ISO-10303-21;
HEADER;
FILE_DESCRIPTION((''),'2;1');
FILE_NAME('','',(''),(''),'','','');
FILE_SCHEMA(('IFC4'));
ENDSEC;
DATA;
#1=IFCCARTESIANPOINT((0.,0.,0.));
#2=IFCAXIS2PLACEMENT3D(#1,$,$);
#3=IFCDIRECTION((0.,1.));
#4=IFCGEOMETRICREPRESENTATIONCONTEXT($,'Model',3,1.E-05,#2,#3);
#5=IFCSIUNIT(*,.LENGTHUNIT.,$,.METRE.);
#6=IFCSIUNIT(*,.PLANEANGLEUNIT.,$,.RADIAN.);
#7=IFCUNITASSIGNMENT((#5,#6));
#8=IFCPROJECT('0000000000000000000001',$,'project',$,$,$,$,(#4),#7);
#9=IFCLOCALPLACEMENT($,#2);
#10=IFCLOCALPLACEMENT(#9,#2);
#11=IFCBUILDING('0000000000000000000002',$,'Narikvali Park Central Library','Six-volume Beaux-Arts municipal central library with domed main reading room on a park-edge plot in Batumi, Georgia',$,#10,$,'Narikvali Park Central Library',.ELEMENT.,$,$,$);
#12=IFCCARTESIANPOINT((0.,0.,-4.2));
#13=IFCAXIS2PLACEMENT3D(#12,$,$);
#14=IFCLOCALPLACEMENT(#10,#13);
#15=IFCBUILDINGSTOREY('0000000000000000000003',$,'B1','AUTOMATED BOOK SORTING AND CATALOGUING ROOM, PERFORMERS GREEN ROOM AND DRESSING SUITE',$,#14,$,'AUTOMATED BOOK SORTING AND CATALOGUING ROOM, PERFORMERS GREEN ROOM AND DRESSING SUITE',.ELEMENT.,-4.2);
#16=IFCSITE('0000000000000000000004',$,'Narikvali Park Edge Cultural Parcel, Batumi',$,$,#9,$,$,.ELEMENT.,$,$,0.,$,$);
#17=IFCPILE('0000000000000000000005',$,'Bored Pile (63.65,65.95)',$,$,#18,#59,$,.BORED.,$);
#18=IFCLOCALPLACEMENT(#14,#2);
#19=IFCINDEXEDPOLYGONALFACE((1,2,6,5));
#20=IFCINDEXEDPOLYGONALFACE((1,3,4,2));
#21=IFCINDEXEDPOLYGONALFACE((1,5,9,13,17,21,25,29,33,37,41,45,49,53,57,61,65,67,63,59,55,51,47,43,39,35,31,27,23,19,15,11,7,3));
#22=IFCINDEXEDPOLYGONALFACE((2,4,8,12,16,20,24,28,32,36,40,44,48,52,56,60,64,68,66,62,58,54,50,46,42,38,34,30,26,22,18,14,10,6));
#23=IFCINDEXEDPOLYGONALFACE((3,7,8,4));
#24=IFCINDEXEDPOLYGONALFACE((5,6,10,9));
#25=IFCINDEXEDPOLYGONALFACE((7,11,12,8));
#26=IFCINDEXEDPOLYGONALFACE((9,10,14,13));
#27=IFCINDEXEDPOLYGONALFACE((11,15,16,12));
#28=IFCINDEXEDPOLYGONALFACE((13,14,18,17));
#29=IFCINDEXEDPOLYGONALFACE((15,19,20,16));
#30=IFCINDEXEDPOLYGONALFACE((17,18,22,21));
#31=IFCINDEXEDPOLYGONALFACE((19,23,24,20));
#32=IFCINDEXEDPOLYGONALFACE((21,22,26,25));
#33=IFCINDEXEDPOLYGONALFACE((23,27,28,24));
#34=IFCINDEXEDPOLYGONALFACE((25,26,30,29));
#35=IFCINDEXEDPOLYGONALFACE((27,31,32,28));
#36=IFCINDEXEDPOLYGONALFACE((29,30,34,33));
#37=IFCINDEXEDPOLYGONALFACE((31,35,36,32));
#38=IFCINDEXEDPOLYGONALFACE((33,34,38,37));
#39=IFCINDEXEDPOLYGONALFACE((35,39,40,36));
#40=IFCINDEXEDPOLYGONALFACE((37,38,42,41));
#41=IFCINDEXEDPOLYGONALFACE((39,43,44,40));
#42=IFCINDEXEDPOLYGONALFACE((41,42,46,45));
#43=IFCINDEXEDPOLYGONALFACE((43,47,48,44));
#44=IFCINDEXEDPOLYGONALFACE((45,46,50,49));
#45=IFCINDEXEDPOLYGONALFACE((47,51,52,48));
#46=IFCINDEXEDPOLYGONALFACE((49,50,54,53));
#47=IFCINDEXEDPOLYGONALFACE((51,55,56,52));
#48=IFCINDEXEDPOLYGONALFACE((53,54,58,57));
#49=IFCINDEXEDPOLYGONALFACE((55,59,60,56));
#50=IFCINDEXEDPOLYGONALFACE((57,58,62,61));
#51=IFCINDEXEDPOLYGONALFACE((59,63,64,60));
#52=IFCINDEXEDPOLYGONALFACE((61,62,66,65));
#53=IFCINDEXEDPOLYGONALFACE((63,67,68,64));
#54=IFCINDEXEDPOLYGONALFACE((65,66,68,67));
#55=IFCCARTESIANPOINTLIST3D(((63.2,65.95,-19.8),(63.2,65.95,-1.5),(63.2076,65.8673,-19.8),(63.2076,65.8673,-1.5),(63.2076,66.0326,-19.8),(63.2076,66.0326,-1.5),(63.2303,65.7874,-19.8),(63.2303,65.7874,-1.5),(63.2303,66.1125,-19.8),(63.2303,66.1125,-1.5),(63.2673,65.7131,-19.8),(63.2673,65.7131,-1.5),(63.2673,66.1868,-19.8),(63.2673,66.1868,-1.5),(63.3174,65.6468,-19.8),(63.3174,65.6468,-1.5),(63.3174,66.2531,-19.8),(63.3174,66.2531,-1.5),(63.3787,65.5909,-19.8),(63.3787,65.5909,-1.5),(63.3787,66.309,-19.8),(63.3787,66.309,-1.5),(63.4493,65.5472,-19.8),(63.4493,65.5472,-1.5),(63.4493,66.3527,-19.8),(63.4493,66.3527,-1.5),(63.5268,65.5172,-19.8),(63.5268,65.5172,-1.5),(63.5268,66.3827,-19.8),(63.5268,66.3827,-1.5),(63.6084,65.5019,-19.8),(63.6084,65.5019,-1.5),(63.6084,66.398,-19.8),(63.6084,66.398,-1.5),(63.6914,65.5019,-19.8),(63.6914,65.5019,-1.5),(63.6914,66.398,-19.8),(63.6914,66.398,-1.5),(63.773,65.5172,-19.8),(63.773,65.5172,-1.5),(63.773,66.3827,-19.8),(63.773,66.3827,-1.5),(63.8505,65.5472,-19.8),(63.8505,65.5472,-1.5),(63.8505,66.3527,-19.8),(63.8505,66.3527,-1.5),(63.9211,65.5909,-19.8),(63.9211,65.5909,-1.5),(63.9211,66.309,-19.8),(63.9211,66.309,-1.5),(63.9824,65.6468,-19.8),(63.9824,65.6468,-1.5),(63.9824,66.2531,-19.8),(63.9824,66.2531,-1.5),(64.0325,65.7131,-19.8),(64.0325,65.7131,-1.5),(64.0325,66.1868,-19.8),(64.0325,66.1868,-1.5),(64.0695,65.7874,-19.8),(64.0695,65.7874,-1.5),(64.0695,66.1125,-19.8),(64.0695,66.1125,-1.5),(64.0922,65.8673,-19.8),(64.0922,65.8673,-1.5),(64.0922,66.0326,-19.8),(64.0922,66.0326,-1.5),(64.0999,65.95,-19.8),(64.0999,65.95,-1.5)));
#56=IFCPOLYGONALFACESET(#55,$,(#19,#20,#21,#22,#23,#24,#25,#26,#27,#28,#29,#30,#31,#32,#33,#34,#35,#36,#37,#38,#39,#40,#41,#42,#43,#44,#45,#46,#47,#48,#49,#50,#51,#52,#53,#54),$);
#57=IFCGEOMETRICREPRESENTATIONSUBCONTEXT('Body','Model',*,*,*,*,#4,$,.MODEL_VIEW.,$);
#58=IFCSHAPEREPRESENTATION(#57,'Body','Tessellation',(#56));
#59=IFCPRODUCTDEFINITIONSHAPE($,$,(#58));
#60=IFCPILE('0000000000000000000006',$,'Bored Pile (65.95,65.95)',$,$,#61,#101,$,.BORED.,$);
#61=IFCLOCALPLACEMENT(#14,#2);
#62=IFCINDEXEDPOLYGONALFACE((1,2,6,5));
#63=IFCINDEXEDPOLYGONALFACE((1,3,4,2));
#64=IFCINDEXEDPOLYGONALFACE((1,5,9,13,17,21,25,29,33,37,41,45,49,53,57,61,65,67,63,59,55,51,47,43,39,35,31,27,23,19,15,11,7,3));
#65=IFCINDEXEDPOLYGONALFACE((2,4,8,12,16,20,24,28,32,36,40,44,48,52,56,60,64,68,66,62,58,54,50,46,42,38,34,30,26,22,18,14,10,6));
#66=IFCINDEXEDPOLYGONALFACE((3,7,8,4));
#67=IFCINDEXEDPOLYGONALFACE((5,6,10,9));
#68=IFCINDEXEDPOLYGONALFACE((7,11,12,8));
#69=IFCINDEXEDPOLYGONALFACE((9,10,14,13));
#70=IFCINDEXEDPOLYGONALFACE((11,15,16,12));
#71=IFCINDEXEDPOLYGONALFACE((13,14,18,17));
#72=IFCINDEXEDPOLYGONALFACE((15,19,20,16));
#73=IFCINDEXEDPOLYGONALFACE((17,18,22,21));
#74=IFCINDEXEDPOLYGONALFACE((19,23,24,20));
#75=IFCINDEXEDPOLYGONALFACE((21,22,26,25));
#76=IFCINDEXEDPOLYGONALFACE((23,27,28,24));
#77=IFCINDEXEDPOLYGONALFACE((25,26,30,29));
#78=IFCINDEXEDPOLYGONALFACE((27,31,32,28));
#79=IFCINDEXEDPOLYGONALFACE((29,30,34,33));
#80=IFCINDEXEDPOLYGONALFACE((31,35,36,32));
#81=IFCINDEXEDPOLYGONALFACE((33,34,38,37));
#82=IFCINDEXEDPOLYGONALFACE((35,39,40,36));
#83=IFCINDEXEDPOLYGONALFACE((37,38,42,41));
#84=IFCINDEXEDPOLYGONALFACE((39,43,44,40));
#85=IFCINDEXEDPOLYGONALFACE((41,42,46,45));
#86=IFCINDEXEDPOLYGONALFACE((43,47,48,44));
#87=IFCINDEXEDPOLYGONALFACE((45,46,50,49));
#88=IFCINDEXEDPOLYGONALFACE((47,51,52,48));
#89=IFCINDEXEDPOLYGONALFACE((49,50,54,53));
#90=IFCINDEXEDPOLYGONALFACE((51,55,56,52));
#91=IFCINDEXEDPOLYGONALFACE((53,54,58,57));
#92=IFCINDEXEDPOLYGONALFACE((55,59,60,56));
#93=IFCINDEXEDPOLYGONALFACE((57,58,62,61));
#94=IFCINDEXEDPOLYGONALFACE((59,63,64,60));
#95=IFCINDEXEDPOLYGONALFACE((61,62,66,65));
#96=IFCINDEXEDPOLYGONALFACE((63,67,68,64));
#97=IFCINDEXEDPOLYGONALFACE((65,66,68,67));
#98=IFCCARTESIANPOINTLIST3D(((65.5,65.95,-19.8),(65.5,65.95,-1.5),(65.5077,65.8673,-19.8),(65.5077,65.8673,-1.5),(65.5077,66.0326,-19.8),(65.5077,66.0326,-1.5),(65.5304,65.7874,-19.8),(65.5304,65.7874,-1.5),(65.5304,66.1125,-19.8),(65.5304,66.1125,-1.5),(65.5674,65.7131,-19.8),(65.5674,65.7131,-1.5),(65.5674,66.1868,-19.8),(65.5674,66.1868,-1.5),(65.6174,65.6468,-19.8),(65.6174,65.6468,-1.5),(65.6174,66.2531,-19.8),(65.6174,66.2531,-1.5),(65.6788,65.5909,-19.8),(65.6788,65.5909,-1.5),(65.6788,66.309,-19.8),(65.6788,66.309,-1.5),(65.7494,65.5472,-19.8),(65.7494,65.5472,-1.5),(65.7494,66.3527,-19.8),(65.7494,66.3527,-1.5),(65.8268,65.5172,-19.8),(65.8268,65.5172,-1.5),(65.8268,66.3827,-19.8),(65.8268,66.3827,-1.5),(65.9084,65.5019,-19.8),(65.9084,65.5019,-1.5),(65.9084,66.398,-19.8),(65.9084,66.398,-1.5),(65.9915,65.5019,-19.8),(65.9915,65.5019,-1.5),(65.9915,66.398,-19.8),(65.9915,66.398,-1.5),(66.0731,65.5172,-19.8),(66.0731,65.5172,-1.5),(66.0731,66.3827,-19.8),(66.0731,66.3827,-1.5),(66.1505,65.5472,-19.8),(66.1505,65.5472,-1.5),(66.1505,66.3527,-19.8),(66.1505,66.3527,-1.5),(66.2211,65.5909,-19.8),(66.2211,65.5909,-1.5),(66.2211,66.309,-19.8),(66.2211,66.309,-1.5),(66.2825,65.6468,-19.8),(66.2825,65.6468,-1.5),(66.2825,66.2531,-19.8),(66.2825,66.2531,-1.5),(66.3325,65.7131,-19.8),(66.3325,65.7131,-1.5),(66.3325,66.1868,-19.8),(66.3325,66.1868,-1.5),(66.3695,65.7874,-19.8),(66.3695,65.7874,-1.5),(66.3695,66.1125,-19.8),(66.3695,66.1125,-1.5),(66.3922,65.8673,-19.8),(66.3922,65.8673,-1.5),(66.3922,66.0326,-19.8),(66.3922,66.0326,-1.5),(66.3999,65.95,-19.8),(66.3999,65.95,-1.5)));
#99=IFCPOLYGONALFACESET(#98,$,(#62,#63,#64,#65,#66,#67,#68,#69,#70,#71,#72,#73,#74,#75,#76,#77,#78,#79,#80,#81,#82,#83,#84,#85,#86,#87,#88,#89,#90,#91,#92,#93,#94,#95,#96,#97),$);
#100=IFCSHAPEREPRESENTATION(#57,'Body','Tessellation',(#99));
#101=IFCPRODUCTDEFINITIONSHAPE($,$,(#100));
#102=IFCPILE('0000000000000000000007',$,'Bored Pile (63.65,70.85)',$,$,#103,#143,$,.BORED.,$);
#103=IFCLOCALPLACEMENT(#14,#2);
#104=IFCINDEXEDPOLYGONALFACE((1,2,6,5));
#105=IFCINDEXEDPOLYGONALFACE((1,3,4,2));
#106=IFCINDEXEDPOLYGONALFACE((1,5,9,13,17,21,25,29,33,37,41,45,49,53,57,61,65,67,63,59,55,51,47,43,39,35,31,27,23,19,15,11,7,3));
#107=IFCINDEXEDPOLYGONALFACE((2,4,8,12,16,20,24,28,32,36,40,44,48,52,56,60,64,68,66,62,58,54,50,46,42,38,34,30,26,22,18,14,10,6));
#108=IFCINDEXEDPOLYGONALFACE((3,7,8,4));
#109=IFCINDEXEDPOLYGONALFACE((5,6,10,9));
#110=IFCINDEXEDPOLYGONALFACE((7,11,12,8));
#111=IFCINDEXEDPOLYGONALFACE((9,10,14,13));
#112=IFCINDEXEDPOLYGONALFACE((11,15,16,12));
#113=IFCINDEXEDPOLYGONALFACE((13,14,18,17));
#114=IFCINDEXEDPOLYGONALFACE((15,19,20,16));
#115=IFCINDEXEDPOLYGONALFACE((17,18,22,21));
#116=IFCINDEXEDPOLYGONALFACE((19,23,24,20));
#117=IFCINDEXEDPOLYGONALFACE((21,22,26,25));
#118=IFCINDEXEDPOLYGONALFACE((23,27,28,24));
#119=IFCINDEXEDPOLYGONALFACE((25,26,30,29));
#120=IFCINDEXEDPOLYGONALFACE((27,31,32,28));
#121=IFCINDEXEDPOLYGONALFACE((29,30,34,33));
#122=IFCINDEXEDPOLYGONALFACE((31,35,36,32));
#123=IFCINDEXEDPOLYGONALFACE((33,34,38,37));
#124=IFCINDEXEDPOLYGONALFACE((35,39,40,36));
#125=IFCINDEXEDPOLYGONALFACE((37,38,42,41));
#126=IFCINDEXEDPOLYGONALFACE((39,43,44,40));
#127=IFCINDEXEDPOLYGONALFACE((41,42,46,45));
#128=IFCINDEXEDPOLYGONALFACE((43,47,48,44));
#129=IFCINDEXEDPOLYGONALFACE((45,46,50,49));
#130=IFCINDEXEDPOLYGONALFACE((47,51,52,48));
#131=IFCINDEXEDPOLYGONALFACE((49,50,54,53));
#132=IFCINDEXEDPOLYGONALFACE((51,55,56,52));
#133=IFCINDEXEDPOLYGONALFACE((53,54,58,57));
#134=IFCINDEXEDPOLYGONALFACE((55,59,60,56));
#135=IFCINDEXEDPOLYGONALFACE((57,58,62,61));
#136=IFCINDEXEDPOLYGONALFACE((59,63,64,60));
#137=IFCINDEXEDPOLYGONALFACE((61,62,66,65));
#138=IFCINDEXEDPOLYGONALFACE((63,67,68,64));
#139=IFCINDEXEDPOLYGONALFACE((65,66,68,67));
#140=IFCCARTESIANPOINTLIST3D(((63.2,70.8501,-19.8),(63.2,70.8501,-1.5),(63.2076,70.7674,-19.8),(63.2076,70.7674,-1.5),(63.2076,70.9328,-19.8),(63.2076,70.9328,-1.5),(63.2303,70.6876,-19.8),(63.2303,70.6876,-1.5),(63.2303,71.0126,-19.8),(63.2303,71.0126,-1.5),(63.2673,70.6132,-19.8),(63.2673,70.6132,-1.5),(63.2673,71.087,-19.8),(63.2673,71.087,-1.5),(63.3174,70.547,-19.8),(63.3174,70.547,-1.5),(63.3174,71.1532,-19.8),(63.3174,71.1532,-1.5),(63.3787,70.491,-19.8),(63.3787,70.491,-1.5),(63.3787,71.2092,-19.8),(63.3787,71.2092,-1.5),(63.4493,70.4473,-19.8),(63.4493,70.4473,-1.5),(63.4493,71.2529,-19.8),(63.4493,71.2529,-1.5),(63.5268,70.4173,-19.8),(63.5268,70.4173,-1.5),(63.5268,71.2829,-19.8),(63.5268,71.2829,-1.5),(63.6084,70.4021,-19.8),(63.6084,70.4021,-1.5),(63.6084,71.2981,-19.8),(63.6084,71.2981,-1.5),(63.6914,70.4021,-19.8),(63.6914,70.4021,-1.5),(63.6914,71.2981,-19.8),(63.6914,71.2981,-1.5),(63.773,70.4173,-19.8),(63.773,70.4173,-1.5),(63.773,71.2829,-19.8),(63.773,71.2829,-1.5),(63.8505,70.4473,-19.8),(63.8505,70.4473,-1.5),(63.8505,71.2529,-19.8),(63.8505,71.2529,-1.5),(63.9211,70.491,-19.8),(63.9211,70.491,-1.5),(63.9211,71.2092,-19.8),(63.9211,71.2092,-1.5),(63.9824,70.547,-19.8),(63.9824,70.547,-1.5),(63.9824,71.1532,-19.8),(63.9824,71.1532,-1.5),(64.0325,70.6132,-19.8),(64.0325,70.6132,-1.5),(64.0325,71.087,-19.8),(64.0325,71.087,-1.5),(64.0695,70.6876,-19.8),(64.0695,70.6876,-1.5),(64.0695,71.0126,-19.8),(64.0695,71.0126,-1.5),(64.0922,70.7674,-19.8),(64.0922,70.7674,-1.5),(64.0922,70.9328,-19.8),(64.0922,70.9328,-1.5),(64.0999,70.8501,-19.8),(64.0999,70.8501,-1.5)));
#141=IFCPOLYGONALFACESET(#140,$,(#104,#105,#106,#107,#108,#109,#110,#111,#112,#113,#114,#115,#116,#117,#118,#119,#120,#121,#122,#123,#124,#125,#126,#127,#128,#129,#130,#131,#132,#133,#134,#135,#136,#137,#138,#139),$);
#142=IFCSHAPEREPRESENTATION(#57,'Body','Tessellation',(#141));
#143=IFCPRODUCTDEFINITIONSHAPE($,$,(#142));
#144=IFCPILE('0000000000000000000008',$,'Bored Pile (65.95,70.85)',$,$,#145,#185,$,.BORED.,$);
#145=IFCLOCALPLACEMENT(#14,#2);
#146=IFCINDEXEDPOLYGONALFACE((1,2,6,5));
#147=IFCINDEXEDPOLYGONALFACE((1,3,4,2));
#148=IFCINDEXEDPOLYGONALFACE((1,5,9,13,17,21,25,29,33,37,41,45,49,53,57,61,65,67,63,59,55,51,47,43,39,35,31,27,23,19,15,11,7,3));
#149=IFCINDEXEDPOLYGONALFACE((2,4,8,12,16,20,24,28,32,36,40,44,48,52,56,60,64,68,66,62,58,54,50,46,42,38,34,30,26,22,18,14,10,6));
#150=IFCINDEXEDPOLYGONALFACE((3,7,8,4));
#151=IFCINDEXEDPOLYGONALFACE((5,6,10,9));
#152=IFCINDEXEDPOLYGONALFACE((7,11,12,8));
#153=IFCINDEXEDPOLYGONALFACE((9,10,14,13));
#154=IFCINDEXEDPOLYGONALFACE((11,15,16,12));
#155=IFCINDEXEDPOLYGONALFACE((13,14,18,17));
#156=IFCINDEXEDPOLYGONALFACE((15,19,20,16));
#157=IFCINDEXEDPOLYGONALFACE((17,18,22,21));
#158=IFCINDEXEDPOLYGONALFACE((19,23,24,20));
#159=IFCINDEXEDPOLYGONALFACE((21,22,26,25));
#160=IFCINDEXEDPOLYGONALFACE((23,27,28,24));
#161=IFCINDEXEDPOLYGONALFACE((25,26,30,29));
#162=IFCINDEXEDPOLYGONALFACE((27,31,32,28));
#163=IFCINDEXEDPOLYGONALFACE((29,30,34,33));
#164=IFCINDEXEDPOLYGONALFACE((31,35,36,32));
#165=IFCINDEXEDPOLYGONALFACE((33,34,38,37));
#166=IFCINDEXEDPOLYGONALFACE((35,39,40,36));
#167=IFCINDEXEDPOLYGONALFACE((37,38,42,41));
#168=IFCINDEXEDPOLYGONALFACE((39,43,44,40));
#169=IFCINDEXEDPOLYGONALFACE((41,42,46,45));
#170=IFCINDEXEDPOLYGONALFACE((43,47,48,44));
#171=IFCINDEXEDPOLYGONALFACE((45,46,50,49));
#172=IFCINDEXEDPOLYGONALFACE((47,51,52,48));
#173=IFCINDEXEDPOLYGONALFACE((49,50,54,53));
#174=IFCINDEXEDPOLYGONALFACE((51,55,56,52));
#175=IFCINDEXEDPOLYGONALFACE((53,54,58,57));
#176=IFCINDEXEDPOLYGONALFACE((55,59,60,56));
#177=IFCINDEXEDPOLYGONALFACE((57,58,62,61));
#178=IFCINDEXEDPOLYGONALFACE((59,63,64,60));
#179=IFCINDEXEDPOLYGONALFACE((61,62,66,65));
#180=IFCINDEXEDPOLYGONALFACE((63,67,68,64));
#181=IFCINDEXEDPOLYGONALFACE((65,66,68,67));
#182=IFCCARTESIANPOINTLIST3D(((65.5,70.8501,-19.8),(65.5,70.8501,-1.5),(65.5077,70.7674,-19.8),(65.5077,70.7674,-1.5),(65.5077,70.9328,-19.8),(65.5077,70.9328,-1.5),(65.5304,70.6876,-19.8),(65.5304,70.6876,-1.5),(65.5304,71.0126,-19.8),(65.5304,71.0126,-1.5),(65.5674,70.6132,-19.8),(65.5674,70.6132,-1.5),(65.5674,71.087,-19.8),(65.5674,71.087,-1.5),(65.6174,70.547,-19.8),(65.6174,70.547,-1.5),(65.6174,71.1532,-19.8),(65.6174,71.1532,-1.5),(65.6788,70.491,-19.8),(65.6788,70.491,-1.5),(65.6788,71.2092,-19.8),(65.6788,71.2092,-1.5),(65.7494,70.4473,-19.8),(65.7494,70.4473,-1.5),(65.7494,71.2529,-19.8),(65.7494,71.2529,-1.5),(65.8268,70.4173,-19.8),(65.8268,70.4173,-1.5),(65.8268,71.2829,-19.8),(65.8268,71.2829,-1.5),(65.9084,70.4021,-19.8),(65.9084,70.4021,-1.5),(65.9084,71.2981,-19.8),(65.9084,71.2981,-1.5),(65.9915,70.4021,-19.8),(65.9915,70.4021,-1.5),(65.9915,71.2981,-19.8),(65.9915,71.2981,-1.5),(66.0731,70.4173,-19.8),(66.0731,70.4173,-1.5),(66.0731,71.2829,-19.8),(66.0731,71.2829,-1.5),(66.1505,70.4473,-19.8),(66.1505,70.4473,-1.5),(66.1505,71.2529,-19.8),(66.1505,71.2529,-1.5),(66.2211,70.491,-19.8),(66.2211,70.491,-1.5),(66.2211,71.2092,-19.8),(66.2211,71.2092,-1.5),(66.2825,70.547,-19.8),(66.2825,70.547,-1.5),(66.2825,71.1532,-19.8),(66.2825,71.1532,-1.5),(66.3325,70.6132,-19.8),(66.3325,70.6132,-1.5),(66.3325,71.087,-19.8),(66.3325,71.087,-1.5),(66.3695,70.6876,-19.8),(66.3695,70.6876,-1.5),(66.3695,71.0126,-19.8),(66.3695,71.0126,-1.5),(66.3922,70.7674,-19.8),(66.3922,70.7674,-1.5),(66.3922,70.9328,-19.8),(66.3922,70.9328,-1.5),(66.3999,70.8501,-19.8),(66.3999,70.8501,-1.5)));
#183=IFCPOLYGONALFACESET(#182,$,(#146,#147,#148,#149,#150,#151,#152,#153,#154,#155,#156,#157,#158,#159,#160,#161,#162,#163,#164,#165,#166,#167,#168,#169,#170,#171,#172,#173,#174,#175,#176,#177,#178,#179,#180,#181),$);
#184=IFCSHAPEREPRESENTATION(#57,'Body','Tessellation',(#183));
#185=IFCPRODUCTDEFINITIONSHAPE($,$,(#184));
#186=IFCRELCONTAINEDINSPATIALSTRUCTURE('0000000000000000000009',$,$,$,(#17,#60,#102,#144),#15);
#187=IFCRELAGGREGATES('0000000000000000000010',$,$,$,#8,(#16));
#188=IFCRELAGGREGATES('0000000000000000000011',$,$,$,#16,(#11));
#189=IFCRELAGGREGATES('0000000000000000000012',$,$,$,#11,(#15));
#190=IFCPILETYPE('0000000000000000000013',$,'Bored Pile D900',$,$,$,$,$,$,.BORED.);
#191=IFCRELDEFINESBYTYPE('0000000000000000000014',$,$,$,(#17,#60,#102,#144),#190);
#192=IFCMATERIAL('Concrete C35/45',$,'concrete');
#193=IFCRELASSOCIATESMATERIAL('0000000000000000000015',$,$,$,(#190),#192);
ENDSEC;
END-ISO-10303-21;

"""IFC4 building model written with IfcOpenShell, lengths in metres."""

from ifc_helpers import new_model, si_unit, direction, frame, origin, origin_2d, place, context, subcontext, project, spatial, circle, extrude, material, material_profile, profile_set, type_object, element, save


model = new_model("IFC4")

# Units and contexts
model_context = context("Model", 3, precision=1e-05, world=origin(), true_north=direction((0.0, 1.0)))
body_context = subcontext(model_context, "Body", "Model", "MODEL_VIEW")
ifc_project = project(units=[si_unit("LENGTHUNIT", "METRE"), si_unit("PLANEANGLEUNIT", "RADIAN")], contexts=[model_context])

# Site, building, storey
site_placement = place(None, origin())
site = spatial("IfcSite", under=ifc_project, at=site_placement, Name="Narikvali Park Edge Cultural Parcel, Batumi", CompositionType="ELEMENT", RefElevation=0.0)
building_placement = place(site_placement, origin())
building = spatial("IfcBuilding", under=site, at=building_placement, Name="Narikvali Park Central Library", Description="Six-volume Beaux-Arts municipal central library with domed main reading room on a park-edge plot in Batumi, Georgia", LongName="Narikvali Park Central Library", CompositionType="ELEMENT")
storey_placement = place(building_placement, frame((0.0, 0.0, -4.2)))
storey = spatial("IfcBuildingStorey", under=building, at=storey_placement, Name="B1", Description="AUTOMATED BOOK SORTING AND CATALOGUING ROOM, PERFORMERS GREEN ROOM AND DRESSING SUITE", LongName="AUTOMATED BOOK SORTING AND CATALOGUING ROOM, PERFORMERS GREEN ROOM AND DRESSING SUITE", CompositionType="ELEMENT", Elevation=-4.2)

# Piles
ifc_material_1 = material(Name="Concrete C35/45", Category="concrete")
ifc_material_profile_1 = material_profile(ifc_material_1, circle(Radius=0.45, at=origin_2d()), Name="PILE D900")
ifc_profile_set_1 = profile_set([ifc_material_profile_1], Name="Concrete C35/45")
pile_type = type_object("IfcPileType", Name="Bored Pile D900", PredefinedType="BORED", material=ifc_profile_set_1)
for number, where, z_axis, x_axis, name in (
    (1, (63.6499, 65.95, -1.5), (0.0, 0.0, -1.0), (1.0, 0.0, 0.0), "Bored Pile (63.65,65.95)"),
    (2, (65.95, 65.95, -1.5), (0.0, 0.0, -1.0), (1.0, 0.0, 0.0), "Bored Pile (65.95,65.95)"),
    (3, (63.6499, 70.8501, -1.5), (0.0, 0.0, -1.0), (1.0, 0.0, 0.0), "Bored Pile (63.65,70.85)"),
    (4, (65.95, 70.8501, -1.5), (0.0, 0.0, -1.0), (1.0, 0.0, 0.0), "Bored Pile (65.95,70.85)"),
):
    element("IfcPile", number, at=place(storey_placement, frame(where, z_axis=z_axis, x_axis=x_axis)), inside=storey, type_object=pile_type, Name=name, PredefinedType="BORED", context=body_context, shape_type="SweptSolid", body=[
        extrude(circle(Radius=0.45, at=origin_2d()), origin(), (0.0, 0.0, 1.0), 18.3),
    ])

save(model, "model.ifc")
